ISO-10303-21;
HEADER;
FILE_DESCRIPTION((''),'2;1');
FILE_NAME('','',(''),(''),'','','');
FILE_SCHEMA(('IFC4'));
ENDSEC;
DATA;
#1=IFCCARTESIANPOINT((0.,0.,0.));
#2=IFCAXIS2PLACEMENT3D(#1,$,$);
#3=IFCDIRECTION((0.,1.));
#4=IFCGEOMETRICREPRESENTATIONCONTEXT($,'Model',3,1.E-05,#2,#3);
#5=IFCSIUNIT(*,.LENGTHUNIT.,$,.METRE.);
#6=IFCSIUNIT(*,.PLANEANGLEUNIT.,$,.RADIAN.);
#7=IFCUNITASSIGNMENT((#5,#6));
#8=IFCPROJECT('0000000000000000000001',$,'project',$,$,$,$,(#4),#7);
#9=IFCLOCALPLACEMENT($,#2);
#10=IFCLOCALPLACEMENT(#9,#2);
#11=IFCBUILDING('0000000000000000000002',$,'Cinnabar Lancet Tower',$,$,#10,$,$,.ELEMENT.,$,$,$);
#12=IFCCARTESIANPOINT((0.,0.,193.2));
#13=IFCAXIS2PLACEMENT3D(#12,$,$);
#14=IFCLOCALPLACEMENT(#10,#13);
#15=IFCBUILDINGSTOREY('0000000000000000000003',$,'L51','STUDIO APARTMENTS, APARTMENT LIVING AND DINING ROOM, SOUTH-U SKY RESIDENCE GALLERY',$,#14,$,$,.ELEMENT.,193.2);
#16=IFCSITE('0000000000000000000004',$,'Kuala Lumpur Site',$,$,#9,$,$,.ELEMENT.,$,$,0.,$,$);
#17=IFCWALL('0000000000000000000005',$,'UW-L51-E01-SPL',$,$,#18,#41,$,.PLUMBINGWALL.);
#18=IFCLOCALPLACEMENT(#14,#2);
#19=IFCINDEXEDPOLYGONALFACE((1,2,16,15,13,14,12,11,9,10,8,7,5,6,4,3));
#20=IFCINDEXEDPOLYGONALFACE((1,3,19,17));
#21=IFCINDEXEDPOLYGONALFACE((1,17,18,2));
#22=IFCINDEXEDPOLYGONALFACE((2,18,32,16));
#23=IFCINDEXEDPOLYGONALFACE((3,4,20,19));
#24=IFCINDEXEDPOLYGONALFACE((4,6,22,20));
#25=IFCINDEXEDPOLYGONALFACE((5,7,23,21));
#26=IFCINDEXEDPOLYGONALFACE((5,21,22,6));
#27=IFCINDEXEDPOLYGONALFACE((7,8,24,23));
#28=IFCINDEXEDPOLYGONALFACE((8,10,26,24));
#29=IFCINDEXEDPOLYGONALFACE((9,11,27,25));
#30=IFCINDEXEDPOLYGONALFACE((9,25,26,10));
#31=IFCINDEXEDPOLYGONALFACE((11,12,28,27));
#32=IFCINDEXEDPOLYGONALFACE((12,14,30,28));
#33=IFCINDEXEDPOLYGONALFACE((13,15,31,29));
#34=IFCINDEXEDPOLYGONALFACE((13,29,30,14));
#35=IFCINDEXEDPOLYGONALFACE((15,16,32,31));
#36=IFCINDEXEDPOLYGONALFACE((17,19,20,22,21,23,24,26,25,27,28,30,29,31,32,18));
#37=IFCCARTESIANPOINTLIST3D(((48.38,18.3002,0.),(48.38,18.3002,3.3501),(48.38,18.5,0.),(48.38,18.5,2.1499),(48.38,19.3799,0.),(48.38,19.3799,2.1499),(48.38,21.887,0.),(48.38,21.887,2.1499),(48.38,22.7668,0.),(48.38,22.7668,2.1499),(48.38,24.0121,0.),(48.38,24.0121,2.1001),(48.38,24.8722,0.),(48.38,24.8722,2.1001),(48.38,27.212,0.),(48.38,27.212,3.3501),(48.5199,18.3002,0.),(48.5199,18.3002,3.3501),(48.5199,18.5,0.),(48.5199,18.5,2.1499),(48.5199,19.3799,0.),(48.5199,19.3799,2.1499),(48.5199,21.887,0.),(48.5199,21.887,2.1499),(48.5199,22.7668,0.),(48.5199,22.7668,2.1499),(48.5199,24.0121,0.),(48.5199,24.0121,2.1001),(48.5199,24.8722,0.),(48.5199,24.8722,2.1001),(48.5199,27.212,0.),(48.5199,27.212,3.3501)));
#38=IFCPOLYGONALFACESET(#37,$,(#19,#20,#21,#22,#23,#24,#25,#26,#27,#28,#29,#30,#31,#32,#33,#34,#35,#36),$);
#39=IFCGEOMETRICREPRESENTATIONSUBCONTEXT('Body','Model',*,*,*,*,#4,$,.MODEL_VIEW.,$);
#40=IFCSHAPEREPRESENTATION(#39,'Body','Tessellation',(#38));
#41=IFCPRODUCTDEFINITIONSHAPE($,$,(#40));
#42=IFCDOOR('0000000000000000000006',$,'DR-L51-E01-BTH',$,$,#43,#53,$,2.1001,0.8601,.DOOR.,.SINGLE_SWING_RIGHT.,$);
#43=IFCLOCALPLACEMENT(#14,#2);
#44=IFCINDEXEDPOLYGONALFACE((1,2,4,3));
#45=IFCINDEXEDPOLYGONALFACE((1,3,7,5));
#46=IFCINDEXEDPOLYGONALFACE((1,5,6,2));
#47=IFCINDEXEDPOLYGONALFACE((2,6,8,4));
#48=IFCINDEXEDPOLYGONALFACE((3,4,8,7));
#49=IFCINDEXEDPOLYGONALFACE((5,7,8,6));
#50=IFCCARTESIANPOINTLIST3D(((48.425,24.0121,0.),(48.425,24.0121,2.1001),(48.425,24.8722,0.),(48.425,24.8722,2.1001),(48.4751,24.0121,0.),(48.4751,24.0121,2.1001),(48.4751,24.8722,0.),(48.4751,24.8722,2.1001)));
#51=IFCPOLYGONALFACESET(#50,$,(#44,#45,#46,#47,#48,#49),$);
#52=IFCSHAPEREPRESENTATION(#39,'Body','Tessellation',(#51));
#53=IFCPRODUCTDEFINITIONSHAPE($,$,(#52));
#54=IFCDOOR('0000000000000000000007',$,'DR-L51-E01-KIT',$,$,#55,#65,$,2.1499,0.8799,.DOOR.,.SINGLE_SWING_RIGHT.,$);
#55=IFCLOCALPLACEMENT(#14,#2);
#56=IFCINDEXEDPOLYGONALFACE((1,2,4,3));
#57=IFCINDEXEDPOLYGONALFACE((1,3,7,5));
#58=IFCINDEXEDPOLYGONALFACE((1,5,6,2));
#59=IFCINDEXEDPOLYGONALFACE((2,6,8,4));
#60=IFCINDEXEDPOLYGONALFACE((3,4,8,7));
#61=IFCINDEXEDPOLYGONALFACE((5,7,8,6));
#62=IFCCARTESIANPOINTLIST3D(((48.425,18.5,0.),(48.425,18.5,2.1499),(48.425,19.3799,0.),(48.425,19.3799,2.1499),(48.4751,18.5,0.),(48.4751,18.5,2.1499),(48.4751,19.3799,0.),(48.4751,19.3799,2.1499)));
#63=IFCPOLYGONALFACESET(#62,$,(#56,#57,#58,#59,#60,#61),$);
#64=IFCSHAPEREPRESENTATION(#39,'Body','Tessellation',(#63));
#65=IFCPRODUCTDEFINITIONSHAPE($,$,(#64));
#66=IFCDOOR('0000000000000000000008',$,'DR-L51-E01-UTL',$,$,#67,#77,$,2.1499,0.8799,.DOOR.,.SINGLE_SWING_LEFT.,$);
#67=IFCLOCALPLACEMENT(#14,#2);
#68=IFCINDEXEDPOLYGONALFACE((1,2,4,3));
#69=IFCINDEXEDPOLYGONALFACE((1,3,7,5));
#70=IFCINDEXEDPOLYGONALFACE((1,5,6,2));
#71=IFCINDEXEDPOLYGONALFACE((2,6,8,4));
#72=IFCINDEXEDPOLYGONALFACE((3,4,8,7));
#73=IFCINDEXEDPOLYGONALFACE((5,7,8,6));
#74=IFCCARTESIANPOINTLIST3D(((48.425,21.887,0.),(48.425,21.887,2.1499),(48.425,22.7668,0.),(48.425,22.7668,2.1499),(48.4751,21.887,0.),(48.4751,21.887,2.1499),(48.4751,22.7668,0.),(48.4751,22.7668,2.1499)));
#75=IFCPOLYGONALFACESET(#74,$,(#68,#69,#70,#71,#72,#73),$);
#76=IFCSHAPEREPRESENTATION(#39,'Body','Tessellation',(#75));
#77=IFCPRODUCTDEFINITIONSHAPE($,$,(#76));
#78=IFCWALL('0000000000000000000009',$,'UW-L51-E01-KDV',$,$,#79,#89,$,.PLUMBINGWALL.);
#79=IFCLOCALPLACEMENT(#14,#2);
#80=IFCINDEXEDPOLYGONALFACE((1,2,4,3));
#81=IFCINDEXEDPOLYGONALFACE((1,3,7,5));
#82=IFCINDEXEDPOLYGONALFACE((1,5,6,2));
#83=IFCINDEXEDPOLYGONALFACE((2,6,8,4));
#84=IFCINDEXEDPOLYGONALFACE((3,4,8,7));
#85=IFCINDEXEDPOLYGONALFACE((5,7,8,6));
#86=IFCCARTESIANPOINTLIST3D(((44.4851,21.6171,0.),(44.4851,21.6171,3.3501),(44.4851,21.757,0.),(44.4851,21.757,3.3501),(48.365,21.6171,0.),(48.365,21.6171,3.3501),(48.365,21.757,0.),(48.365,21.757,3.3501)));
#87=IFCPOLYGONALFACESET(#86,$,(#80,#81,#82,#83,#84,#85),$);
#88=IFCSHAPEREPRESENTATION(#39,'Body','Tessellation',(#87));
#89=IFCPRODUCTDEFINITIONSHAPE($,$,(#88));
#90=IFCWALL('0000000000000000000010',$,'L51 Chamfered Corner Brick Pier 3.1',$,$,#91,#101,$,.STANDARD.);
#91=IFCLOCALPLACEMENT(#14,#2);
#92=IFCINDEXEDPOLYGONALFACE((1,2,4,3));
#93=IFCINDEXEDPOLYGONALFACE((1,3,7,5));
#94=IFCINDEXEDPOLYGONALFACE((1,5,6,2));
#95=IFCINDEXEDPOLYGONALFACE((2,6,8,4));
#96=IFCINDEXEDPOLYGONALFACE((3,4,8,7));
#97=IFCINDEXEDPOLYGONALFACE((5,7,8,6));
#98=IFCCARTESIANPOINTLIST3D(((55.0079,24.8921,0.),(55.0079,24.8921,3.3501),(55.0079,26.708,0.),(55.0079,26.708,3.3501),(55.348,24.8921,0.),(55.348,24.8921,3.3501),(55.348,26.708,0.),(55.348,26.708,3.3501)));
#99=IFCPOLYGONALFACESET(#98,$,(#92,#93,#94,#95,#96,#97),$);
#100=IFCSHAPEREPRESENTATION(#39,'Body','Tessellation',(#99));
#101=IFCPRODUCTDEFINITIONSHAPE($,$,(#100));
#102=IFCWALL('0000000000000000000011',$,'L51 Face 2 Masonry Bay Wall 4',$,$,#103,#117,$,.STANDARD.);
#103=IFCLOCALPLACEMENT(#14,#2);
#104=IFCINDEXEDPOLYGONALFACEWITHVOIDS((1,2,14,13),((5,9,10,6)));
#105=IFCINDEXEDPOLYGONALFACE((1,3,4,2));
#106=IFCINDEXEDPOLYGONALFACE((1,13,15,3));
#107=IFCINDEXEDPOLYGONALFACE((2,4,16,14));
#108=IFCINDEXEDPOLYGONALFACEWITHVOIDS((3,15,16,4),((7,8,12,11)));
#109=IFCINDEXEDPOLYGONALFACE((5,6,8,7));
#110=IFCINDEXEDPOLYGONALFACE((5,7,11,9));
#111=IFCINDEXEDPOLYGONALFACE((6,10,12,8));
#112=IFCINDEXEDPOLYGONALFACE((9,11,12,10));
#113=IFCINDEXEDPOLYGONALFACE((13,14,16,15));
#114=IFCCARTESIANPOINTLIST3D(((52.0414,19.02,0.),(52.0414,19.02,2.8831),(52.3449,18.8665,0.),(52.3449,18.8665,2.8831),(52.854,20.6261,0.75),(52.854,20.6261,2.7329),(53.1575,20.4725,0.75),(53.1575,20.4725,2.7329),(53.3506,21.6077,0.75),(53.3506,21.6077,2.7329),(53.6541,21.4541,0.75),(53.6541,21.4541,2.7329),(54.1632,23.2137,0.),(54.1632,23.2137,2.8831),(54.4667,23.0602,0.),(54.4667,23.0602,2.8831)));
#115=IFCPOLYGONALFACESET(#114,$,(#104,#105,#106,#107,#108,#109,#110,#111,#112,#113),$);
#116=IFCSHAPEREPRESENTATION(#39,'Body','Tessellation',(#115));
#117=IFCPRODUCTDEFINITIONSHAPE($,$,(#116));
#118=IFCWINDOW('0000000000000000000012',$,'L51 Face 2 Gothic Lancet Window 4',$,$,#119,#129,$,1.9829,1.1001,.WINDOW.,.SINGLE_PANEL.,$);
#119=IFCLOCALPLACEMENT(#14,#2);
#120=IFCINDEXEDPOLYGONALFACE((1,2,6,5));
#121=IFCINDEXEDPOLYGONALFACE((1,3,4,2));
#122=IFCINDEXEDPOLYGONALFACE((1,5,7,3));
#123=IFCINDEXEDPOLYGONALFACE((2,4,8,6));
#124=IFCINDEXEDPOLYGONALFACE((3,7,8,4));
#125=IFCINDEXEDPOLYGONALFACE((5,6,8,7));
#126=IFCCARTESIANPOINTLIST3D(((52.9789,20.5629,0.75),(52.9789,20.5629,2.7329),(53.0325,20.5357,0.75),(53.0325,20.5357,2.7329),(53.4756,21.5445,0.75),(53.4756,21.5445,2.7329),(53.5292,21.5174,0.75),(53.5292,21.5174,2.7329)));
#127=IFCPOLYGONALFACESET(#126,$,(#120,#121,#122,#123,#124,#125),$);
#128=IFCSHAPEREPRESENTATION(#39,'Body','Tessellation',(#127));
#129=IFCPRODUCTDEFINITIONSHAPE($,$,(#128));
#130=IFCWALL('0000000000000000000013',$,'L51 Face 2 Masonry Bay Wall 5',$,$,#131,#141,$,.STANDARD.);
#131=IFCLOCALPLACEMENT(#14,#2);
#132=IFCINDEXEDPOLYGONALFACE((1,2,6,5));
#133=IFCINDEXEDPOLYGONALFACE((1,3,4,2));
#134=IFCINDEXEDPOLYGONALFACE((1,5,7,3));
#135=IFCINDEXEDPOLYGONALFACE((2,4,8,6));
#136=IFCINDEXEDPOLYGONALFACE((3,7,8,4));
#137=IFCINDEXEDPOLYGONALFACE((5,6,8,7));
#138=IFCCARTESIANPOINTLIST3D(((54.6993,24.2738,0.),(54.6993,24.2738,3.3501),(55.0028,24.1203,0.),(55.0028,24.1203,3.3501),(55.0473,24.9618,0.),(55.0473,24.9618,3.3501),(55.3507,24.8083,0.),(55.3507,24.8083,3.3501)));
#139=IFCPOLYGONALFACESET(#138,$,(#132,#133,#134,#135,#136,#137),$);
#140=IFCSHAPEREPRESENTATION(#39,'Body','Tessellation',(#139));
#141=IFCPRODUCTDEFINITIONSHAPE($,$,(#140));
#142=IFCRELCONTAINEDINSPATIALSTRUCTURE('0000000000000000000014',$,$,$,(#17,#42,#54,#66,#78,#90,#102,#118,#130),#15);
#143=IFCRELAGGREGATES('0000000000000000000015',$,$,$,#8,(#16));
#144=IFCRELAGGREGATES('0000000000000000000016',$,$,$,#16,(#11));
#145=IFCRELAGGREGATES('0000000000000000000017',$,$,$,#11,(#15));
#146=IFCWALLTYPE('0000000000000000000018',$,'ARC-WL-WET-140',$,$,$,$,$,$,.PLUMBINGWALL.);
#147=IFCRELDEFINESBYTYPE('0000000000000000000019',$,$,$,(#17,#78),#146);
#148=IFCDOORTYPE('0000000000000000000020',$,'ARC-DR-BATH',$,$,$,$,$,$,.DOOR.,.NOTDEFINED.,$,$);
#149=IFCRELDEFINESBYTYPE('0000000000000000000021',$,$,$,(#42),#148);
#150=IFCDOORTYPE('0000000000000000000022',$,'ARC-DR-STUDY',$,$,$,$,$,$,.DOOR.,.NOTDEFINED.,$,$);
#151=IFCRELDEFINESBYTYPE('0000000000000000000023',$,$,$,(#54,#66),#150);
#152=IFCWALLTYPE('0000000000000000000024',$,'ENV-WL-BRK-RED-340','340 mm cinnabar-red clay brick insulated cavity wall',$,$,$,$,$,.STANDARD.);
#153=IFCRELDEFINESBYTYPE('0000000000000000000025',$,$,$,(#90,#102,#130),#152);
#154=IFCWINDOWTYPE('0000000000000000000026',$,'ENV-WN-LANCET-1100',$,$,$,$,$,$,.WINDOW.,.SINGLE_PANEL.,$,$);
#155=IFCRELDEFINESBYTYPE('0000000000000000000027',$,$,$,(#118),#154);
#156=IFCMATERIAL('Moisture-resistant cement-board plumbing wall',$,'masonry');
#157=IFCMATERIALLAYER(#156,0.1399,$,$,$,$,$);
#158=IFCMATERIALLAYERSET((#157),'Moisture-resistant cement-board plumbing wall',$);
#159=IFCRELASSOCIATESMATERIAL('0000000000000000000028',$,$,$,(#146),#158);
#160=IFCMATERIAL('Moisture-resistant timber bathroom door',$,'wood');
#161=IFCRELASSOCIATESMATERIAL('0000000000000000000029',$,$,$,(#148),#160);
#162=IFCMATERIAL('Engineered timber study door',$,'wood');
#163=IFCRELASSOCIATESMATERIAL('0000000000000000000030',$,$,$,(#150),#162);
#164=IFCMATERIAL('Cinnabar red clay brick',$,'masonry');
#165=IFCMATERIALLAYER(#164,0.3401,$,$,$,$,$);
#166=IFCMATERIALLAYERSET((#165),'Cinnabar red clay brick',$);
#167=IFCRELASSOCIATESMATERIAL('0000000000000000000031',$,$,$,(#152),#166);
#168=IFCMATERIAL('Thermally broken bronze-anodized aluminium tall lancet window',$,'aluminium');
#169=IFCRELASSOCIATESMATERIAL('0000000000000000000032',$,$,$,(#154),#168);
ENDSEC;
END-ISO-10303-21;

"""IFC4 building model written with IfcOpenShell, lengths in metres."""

from ifc_helpers import new_model, si_unit, direction, frame, frame_2d, origin, place, context, subcontext, project, spatial, rectangle, extrude, material, layer, layer_set, type_object, element, fill, save


model = new_model("IFC4")

# Units and contexts
model_context = context("Model", 3, precision=1e-05, world=origin(), true_north=direction((0.0, 1.0)))
body_context = subcontext(model_context, "Body", "Model", "MODEL_VIEW")
ifc_project = project(units=[si_unit("LENGTHUNIT", "METRE"), si_unit("PLANEANGLEUNIT", "RADIAN")], contexts=[model_context])

# Site, building, storey
site_placement = place(None, origin())
site = spatial("IfcSite", under=ifc_project, at=site_placement, Name="Kuala Lumpur Site", CompositionType="ELEMENT", RefElevation=0.0)
building_placement = place(site_placement, origin())
building = spatial("IfcBuilding", under=site, at=building_placement, Name="Cinnabar Lancet Tower", CompositionType="ELEMENT")
storey_placement = place(building_placement, frame((0.0, 0.0, 193.2)))
storey = spatial("IfcBuildingStorey", under=building, at=storey_placement, Name="L51", Description="STUDIO APARTMENTS, APARTMENT LIVING AND DINING ROOM, SOUTH-U SKY RESIDENCE GALLERY", CompositionType="ELEMENT", Elevation=193.2)

# Wall, openings, doors
ifc_material_1 = material(Name="Moisture-resistant cement-board plumbing wall", Category="masonry")
ifc_layer_1 = layer(ifc_material_1, 0.1399)
ifc_layer_set_1 = layer_set([ifc_layer_1], Name="Moisture-resistant cement-board plumbing wall")
wall_type_1 = type_object("IfcWallType", Name="ARC-WL-WET-140", PredefinedType="PLUMBINGWALL", material=ifc_layer_set_1)
wall_1_placement = place(storey_placement, frame((48.45, 18.3, 0.0), z_axis=(0.0, 0.0, 1.0), x_axis=(0.0, 1.0, 0.0)))
wall_1 = element("IfcWall", 1, at=wall_1_placement, inside=storey, type_object=wall_type_1, Name="UW-L51-E01-SPL", PredefinedType="PLUMBINGWALL", context=body_context, shape_type="SweptSolid", body=[
    extrude(rectangle(XDim=8.9119, YDim=0.1399, at=frame_2d((4.4561, 0.0))), origin(), (0.0, 0.0, 1.0), 3.3501),
])
opening_1_placement = place(wall_1_placement, frame((0.2, 0.0, 0.0)))
opening_1 = element("IfcOpeningElement", 2, at=opening_1_placement, cuts=wall_1, PredefinedType="OPENING", context=body_context, shape_type="SweptSolid", body=[
    extrude(rectangle(XDim=0.8799, YDim=2.1499, at=frame_2d((0.4399, 1.075))), frame((0.0, 0.0798, 0.0), z_axis=(0.0, -1.0, 0.0), x_axis=(1.0, 0.0, 0.0)), (0.0, 0.0, 1.0), 0.1599),
])
opening_2_placement = place(wall_1_placement, frame((3.5869, 0.0, 0.0)))
opening_2 = element("IfcOpeningElement", 3, at=opening_2_placement, cuts=wall_1, PredefinedType="OPENING", context=body_context, shape_type="SweptSolid", body=[
    extrude(rectangle(XDim=0.8799, YDim=2.1499, at=frame_2d((0.4399, 1.075))), frame((0.0, 0.0798, 0.0), z_axis=(0.0, -1.0, 0.0), x_axis=(1.0, 0.0, 0.0)), (0.0, 0.0, 1.0), 0.1599),
])
opening_3_placement = place(wall_1_placement, frame((5.7119, 0.0, 0.0)))
opening_3 = element("IfcOpeningElement", 4, at=opening_3_placement, cuts=wall_1, PredefinedType="OPENING", context=body_context, shape_type="SweptSolid", body=[
    extrude(rectangle(XDim=0.8601, YDim=2.1001, at=frame_2d((0.4302, 1.05))), frame((0.0, 0.0798, 0.0), z_axis=(0.0, -1.0, 0.0), x_axis=(1.0, 0.0, 0.0)), (0.0, 0.0, 1.0), 0.1599),
])
ifc_material_2 = material(Name="Moisture-resistant timber bathroom door", Category="wood")
door_type_1 = type_object("IfcDoorType", Name="ARC-DR-BATH", OperationType="NOTDEFINED", PredefinedType="DOOR", material=ifc_material_2)
door_1_placement = place(opening_3_placement, origin())
door_1 = element("IfcDoor", 5, at=door_1_placement, inside=storey, type_object=door_type_1, Name="DR-L51-E01-BTH", OperationType="SINGLE_SWING_RIGHT", OverallHeight=2.1001, OverallWidth=0.8601, PredefinedType="DOOR", context=body_context, shape_type="SweptSolid", body=[
    extrude(rectangle(XDim=0.8601, YDim=2.1001, at=frame_2d((0.4302, 1.05))), frame((0.0, 0.0249, 0.0), z_axis=(0.0, -1.0, 0.0), x_axis=(1.0, 0.0, 0.0)), (0.0, 0.0, 1.0), 0.05),
])
fill(opening_3, door_1)
ifc_material_3 = material(Name="Engineered timber study door", Category="wood")
door_type_2 = type_object("IfcDoorType", Name="ARC-DR-STUDY", OperationType="NOTDEFINED", PredefinedType="DOOR", material=ifc_material_3)
door_2_placement = place(opening_1_placement, origin())
door_2 = element("IfcDoor", 6, at=door_2_placement, inside=storey, type_object=door_type_2, Name="DR-L51-E01-KIT", OperationType="SINGLE_SWING_RIGHT", OverallHeight=2.1499, OverallWidth=0.8799, PredefinedType="DOOR", context=body_context, shape_type="SweptSolid", body=[
    extrude(rectangle(XDim=0.8799, YDim=2.1499, at=frame_2d((0.4399, 1.075))), frame((0.0, 0.0249, 0.0), z_axis=(0.0, -1.0, 0.0), x_axis=(1.0, 0.0, 0.0)), (0.0, 0.0, 1.0), 0.05),
])
fill(opening_1, door_2)
door_3_placement = place(opening_2_placement, origin())
door_3 = element("IfcDoor", 7, at=door_3_placement, inside=storey, type_object=door_type_2, Name="DR-L51-E01-UTL", OperationType="SINGLE_SWING_LEFT", OverallHeight=2.1499, OverallWidth=0.8799, PredefinedType="DOOR", context=body_context, shape_type="SweptSolid", body=[
    extrude(rectangle(XDim=0.8799, YDim=2.1499, at=frame_2d((0.4399, 1.075))), frame((0.0, 0.0249, 0.0), z_axis=(0.0, -1.0, 0.0), x_axis=(1.0, 0.0, 0.0)), (0.0, 0.0, 1.0), 0.05),
])
fill(opening_2, door_3)

# Walls
wall_2_placement = place(storey_placement, frame((44.4851, 21.687, 0.0), z_axis=(0.0, 0.0, 1.0), x_axis=(1.0, 0.0, 0.0)))
element("IfcWall", 8, at=wall_2_placement, inside=storey, type_object=wall_type_1, Name="UW-L51-E01-KDV", PredefinedType="PLUMBINGWALL", context=body_context, shape_type="SweptSolid", body=[
    extrude(rectangle(XDim=3.8799, YDim=0.1399, at=frame_2d((1.9399, 0.0))), origin(), (0.0, 0.0, 1.0), 3.3501),
])
ifc_material_4 = material(Name="Cinnabar red clay brick", Category="masonry")
ifc_layer_2 = layer(ifc_material_4, 0.3401)
ifc_layer_set_2 = layer_set([ifc_layer_2], Name="Cinnabar red clay brick")
wall_type_2 = type_object("IfcWallType", Name="ENV-WL-BRK-RED-340", Description="340 mm cinnabar-red clay brick insulated cavity wall", PredefinedType="STANDARD", material=ifc_layer_set_2)
wall_3_placement = place(storey_placement, frame((55.178, 24.8921, 0.0), z_axis=(0.0, 0.0, 1.0), x_axis=(0.0, 1.0, 0.0)))
element("IfcWall", 9, at=wall_3_placement, inside=storey, type_object=wall_type_2, Name="L51 Chamfered Corner Brick Pier 3.1", PredefinedType="STANDARD", context=body_context, shape_type="SweptSolid", body=[
    extrude(rectangle(XDim=1.8159, YDim=0.3401, at=frame_2d((0.908, 0.0))), origin(), (0.0, 0.0, 1.0), 3.3501),
])

# Wall, opening, window
wall_4_placement = place(storey_placement, frame((52.1931, 18.9431, 0.0), z_axis=(0.0, 0.0, 1.0), x_axis=(0.451447, 0.892298, 0.0)))
wall_4 = element("IfcWall", 10, at=wall_4_placement, inside=storey, type_object=wall_type_2, Name="L51 Face 2 Masonry Bay Wall 4", PredefinedType="STANDARD", context=body_context, shape_type="SweptSolid", body=[
    extrude(rectangle(XDim=4.7, YDim=0.3401, at=frame_2d((2.3501, 0.0))), origin(), (0.0, 0.0, 1.0), 2.8831),
])
opening_4_placement = place(wall_4_placement, frame((1.8, 0.0, 0.75)))
opening_4 = element("IfcOpeningElement", 11, at=opening_4_placement, cuts=wall_4, PredefinedType="OPENING", context=body_context, shape_type="SweptSolid", body=[
    extrude(rectangle(XDim=1.1001, YDim=1.9829, at=frame_2d((0.55, 0.9915))), frame((0.0, 0.1799, 0.0), z_axis=(0.0, -1.0, 0.0), x_axis=(1.0, 0.0, 0.0)), (0.0, 0.0, 1.0), 0.3601),
])
ifc_material_5 = material(Name="Thermally broken bronze-anodized aluminium tall lancet window", Category="aluminium")
window_type = type_object("IfcWindowType", Name="ENV-WN-LANCET-1100", PartitioningType="SINGLE_PANEL", PredefinedType="WINDOW", material=ifc_material_5)
window_placement = place(opening_4_placement, origin())
window = element("IfcWindow", 12, at=window_placement, inside=storey, type_object=window_type, Name="L51 Face 2 Gothic Lancet Window 4", OverallHeight=1.9829, OverallWidth=1.1001, PartitioningType="SINGLE_PANEL", PredefinedType="WINDOW", context=body_context, shape_type="SweptSolid", body=[
    extrude(rectangle(XDim=1.1001, YDim=1.9829, at=frame_2d((0.55, 0.9915))), frame((0.0, 0.03, 0.0), z_axis=(0.0, -1.0, 0.0), x_axis=(1.0, 0.0, 0.0)), (0.0, 0.0, 1.0), 0.0601),
])
fill(opening_4, window)

# Wall
wall_5_placement = place(storey_placement, frame((54.8511, 24.197, 0.0), z_axis=(0.0, 0.0, 1.0), x_axis=(0.451262, 0.892391, 0.0)))
element("IfcWall", 13, at=wall_5_placement, inside=storey, type_object=wall_type_2, Name="L51 Face 2 Masonry Bay Wall 5", PredefinedType="STANDARD", context=body_context, shape_type="SweptSolid", body=[
    extrude(rectangle(XDim=0.771, YDim=0.3401, at=frame_2d((0.3855, 0.0))), origin(), (0.0, 0.0, 1.0), 3.3501),
])

save(model, "model.ifc")
